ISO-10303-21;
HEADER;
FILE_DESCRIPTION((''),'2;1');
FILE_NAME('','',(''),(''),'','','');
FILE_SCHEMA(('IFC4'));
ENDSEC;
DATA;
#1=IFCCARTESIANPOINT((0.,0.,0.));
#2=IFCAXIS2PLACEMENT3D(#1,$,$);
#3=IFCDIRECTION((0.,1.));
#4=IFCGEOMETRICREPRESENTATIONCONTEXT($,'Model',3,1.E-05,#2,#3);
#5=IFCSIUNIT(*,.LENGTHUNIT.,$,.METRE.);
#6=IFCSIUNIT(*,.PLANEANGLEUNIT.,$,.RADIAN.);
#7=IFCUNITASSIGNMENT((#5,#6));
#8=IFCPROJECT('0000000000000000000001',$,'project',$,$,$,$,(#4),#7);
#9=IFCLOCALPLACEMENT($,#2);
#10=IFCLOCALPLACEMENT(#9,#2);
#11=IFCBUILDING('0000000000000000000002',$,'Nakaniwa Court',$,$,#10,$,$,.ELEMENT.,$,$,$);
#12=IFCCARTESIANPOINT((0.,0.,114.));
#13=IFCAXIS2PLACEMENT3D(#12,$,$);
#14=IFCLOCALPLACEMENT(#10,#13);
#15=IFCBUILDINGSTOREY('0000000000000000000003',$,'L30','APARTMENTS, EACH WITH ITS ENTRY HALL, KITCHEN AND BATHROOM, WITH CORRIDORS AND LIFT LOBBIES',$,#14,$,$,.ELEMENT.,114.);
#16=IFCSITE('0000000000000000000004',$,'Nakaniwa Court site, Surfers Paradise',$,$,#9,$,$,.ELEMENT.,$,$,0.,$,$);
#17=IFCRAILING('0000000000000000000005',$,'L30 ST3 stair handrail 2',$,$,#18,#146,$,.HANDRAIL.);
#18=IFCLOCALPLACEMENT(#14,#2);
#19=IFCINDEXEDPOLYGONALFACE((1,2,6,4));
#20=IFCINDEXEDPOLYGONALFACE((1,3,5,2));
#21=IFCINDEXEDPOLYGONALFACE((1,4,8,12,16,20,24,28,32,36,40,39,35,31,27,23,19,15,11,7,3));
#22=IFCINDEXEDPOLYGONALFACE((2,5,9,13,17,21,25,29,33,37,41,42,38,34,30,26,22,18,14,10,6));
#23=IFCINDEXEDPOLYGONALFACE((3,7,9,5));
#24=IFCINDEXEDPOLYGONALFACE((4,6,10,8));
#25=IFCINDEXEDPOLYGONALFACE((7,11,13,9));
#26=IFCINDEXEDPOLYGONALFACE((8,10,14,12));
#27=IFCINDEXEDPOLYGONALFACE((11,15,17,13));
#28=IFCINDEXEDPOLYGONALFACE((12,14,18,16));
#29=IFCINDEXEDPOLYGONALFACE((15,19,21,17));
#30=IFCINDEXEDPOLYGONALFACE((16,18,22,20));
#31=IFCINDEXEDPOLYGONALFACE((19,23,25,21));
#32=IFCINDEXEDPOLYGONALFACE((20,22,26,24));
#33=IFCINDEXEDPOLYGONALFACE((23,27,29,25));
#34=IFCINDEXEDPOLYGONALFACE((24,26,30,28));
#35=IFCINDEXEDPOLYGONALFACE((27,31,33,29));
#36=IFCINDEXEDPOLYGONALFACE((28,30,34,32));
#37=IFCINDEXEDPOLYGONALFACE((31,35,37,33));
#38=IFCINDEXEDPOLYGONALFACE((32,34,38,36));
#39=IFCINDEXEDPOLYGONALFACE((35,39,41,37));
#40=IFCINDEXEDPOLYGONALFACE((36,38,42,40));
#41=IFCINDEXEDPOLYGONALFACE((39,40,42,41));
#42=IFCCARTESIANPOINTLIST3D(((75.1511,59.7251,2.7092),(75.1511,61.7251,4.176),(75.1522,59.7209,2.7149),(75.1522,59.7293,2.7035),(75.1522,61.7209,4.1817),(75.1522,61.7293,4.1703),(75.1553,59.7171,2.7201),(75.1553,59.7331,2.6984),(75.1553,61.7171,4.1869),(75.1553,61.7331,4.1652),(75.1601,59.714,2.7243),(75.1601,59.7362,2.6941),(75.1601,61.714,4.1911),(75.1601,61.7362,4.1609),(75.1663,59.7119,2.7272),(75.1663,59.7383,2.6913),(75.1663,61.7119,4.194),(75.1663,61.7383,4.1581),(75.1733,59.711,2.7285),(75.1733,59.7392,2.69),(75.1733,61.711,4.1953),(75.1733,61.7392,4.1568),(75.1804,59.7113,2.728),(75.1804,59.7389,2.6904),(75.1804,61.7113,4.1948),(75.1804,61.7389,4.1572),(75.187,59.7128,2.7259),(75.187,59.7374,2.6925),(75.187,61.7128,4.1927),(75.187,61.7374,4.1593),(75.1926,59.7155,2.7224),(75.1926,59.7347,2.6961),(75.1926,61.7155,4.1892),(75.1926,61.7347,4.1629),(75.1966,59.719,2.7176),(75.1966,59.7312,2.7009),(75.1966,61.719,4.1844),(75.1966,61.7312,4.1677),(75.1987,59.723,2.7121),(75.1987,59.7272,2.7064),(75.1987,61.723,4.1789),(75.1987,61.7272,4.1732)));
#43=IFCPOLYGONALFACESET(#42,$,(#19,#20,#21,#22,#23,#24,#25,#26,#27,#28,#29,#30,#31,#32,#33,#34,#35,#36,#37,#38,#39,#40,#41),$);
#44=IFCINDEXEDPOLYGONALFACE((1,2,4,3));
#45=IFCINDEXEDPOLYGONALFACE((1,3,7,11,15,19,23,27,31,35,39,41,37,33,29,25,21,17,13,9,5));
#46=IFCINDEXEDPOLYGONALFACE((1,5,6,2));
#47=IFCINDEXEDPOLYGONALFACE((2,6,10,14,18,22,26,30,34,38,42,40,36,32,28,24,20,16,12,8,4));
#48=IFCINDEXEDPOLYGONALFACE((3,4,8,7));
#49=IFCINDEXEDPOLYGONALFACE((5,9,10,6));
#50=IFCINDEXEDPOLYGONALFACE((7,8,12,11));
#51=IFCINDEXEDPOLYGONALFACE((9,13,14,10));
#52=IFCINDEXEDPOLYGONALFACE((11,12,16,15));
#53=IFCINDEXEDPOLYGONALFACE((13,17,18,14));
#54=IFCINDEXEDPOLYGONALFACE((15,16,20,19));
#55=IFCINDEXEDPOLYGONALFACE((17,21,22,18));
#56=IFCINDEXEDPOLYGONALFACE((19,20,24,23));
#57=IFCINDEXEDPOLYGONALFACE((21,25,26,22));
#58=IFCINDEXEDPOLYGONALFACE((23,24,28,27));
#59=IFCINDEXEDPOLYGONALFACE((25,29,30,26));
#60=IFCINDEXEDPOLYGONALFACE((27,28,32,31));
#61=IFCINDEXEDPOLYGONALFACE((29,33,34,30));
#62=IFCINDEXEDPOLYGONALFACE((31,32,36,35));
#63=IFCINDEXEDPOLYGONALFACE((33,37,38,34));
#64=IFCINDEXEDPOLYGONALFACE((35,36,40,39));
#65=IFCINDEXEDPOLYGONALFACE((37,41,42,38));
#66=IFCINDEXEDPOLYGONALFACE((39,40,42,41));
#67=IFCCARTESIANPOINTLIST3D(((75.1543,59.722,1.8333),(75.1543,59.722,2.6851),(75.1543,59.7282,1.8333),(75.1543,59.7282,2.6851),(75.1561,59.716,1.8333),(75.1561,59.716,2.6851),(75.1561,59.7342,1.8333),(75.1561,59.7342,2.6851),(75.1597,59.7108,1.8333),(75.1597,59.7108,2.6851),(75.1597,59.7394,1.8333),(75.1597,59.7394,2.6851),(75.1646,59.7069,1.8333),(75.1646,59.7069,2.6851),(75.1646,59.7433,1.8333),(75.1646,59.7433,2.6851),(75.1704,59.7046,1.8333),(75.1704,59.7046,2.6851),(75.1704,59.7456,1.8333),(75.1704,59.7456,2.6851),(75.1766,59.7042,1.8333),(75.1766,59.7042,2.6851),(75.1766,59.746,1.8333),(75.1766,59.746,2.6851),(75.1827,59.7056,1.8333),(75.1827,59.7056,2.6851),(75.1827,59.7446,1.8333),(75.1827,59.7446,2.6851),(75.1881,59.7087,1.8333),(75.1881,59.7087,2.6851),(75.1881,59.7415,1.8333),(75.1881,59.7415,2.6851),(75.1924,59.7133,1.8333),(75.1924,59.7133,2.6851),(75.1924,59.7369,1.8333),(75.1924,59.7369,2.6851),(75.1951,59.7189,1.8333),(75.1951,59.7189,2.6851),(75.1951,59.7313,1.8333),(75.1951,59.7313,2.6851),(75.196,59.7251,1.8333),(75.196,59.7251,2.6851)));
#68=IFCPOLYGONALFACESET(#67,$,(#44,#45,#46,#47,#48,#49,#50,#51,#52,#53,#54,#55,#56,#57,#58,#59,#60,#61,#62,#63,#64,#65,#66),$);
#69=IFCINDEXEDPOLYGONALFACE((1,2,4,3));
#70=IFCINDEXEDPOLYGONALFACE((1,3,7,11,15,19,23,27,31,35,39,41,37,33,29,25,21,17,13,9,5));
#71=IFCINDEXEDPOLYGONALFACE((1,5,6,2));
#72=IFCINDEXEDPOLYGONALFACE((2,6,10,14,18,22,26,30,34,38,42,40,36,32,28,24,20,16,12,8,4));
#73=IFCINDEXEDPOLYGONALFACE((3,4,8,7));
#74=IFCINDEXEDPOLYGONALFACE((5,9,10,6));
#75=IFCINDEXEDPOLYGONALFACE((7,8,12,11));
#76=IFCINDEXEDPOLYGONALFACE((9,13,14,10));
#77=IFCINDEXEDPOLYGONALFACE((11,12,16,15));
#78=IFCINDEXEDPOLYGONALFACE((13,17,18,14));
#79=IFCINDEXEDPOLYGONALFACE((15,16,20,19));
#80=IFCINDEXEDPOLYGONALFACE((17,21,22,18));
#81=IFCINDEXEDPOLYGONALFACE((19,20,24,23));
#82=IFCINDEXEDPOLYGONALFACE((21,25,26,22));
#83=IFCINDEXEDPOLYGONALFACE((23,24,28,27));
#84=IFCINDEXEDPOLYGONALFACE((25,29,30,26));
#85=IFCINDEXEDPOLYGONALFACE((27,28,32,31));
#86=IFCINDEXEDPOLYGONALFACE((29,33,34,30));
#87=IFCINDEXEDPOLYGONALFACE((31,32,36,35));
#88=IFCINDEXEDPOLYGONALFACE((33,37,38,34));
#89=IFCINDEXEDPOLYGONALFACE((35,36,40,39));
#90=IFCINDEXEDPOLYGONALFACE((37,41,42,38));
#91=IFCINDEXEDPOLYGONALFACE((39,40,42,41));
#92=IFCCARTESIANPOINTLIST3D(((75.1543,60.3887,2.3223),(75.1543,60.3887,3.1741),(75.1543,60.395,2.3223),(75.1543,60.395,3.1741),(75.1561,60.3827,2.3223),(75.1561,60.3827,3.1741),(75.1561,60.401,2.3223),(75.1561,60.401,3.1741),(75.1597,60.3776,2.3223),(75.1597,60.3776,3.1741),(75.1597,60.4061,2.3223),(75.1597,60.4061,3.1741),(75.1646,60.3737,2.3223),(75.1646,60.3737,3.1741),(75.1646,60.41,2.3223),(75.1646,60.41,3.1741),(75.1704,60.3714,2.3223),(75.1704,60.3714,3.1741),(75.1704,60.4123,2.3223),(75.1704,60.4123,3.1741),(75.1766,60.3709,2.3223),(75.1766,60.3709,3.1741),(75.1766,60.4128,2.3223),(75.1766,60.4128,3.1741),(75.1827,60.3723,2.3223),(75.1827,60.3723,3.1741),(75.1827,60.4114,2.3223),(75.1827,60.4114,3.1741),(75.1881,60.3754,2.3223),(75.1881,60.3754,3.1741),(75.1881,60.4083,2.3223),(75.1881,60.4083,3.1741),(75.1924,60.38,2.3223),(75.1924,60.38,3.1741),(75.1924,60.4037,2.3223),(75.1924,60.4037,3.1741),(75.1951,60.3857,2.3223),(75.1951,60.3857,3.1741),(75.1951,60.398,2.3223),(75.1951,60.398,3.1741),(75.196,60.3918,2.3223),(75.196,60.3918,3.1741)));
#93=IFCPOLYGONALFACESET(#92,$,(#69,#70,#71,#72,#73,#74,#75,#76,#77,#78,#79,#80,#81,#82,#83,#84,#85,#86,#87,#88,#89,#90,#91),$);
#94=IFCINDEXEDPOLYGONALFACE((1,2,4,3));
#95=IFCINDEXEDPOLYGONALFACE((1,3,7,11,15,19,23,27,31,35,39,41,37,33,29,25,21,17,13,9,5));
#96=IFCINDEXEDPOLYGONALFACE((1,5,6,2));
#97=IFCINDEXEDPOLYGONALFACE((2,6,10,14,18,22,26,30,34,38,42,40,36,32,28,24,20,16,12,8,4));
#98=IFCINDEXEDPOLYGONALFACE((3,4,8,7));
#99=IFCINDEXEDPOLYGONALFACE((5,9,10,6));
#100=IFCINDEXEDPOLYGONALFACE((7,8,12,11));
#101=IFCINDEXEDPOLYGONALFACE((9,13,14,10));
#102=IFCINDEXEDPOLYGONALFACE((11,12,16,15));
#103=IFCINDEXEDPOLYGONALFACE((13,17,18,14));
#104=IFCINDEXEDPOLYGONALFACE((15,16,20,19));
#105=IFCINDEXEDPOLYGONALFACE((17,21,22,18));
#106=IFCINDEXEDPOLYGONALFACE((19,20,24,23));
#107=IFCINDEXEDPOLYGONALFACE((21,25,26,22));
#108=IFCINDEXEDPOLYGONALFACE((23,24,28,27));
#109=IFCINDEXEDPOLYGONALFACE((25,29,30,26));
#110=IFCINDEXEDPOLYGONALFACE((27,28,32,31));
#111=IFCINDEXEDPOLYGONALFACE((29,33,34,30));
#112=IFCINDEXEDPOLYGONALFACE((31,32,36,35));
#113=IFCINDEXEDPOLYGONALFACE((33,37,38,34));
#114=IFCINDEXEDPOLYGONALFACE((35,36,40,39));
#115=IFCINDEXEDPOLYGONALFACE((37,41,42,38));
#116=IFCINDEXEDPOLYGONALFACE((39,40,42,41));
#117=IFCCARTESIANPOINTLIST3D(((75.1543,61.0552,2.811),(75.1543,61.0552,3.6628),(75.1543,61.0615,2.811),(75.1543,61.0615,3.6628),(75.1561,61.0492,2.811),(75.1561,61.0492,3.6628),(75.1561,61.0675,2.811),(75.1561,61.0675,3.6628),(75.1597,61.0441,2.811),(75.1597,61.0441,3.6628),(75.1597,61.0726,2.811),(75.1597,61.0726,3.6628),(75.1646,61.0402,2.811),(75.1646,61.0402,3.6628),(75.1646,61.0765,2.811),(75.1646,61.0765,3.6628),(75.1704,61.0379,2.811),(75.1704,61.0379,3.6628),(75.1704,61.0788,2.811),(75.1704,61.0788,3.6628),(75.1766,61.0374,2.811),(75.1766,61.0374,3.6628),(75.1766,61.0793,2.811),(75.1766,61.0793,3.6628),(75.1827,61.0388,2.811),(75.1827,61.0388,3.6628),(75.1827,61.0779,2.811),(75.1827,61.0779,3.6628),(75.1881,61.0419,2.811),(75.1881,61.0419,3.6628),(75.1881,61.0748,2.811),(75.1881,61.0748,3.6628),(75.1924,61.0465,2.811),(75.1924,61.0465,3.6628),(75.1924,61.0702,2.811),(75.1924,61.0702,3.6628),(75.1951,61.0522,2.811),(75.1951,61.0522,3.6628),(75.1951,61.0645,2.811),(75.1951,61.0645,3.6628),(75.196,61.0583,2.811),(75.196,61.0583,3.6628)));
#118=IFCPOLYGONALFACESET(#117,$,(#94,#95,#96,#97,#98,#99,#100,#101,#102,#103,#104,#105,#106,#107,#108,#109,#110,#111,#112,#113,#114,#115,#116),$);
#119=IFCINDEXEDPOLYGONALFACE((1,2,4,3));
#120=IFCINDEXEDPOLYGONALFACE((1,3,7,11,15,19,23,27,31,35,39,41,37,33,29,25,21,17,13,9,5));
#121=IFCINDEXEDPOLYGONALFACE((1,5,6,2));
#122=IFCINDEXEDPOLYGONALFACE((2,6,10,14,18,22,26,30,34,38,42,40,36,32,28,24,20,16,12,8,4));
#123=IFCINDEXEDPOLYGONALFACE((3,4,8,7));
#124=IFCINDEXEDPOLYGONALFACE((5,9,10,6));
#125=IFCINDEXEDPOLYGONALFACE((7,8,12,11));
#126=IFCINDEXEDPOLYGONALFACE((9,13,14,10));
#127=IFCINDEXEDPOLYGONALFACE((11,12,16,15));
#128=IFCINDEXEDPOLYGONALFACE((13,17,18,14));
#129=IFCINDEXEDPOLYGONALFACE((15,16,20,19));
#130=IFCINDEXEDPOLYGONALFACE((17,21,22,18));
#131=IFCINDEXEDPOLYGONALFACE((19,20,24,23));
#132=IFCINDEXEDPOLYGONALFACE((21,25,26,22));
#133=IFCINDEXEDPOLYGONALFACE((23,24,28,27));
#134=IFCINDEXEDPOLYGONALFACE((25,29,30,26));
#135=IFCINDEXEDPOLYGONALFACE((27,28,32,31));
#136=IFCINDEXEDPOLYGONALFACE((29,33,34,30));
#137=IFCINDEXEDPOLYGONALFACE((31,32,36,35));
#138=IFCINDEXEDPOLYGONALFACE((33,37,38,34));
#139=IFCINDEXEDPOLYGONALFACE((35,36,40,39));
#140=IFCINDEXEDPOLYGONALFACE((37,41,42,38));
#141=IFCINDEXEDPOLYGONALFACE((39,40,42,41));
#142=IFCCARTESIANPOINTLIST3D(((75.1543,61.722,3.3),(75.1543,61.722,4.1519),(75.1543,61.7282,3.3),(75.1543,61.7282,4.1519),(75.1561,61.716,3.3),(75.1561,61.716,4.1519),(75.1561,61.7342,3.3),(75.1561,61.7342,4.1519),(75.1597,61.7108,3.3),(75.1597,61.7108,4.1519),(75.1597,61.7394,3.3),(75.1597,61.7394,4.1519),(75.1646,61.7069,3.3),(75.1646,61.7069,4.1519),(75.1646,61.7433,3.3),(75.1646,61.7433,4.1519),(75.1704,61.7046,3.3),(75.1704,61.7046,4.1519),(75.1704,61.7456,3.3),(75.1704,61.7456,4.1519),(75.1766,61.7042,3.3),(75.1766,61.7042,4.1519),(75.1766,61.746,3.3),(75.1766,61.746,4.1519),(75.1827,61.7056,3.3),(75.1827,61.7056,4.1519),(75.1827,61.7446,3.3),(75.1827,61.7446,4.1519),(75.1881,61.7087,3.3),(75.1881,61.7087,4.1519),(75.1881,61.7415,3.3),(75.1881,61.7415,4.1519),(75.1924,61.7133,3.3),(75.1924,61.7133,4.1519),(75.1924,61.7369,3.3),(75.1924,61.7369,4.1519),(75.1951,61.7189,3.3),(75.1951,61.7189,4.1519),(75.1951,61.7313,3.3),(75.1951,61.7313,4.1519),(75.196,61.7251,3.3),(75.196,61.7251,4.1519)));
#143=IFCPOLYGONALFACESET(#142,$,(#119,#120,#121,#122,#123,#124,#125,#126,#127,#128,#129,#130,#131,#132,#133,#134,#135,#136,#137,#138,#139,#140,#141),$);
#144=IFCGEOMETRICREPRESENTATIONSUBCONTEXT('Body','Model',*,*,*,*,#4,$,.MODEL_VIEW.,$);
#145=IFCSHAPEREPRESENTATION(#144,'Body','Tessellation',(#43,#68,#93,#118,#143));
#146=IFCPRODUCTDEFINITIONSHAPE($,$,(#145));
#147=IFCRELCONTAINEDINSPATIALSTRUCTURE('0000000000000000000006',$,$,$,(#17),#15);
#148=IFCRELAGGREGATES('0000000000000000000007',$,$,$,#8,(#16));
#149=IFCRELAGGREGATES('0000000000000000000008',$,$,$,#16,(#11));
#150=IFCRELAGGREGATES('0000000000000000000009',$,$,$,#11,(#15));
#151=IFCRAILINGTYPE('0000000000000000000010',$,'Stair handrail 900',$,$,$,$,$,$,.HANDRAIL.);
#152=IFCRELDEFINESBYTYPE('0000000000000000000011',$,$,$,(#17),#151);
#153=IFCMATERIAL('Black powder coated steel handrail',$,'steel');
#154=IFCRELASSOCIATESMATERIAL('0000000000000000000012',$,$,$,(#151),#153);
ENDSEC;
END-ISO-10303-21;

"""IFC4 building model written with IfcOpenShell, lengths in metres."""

from ifc_helpers import new_model, si_unit, direction, frame, origin, origin_2d, place, context, subcontext, project, spatial, circle, extrude, material, type_object, element, save


model = new_model("IFC4")

# Units and contexts
model_context = context("Model", 3, precision=1e-05, world=origin(), true_north=direction((0.0, 1.0)))
body_context = subcontext(model_context, "Body", "Model", "MODEL_VIEW")
ifc_project = project(units=[si_unit("LENGTHUNIT", "METRE"), si_unit("PLANEANGLEUNIT", "RADIAN")], contexts=[model_context])

# Site, building, storey
site_placement = place(None, origin())
site = spatial("IfcSite", under=ifc_project, at=site_placement, Name="Nakaniwa Court site, Surfers Paradise", CompositionType="ELEMENT", RefElevation=0.0)
building_placement = place(site_placement, origin())
building = spatial("IfcBuilding", under=site, at=building_placement, Name="Nakaniwa Court", CompositionType="ELEMENT")
storey_placement = place(building_placement, frame((0.0, 0.0, 114.0)))
storey = spatial("IfcBuildingStorey", under=building, at=storey_placement, Name="L30", Description="APARTMENTS, EACH WITH ITS ENTRY HALL, KITCHEN AND BATHROOM, WITH CORRIDORS AND LIFT LOBBIES", CompositionType="ELEMENT", Elevation=114.0)

# Railing
ifc_material_1 = material(Name="Black powder coated steel handrail", Category="steel")
railing_type_1 = type_object("IfcRailingType", Name="Stair handrail 900", PredefinedType="HANDRAIL", material=ifc_material_1)
railing_1_placement = place(storey_placement, frame((75.175, 59.7251, 1.8333)))
element("IfcRailing", 1, at=railing_1_placement, inside=storey, type_object=railing_type_1, Name="L30 ST3 stair handrail 2", PredefinedType="HANDRAIL", context=body_context, shape_type="SweptSolid", body=[
    extrude(circle(Radius=0.0239, at=origin_2d()), frame((0.0, 0.0, 0.876), z_axis=(0.0, 0.80638, 0.591398), x_axis=(-1.0, 0.0, 0.0)), (0.0, 0.0, 1.0), 2.4802),
    extrude(circle(Radius=0.021, at=origin_2d()), origin(), (0.0, 0.0, 1.0), 0.8518),
    extrude(circle(Radius=0.021, at=origin_2d()), frame((0.0, 0.6667, 0.489)), (0.0, 0.0, 1.0), 0.8518),
    extrude(circle(Radius=0.021, at=origin_2d()), frame((0.0, 1.3333, 0.9778)), (0.0, 0.0, 1.0), 0.8518),
    extrude(circle(Radius=0.021, at=origin_2d()), frame((0.0, 2.0, 1.4668)), (0.0, 0.0, 1.0), 0.8518),
])

save(model, "model.ifc")
